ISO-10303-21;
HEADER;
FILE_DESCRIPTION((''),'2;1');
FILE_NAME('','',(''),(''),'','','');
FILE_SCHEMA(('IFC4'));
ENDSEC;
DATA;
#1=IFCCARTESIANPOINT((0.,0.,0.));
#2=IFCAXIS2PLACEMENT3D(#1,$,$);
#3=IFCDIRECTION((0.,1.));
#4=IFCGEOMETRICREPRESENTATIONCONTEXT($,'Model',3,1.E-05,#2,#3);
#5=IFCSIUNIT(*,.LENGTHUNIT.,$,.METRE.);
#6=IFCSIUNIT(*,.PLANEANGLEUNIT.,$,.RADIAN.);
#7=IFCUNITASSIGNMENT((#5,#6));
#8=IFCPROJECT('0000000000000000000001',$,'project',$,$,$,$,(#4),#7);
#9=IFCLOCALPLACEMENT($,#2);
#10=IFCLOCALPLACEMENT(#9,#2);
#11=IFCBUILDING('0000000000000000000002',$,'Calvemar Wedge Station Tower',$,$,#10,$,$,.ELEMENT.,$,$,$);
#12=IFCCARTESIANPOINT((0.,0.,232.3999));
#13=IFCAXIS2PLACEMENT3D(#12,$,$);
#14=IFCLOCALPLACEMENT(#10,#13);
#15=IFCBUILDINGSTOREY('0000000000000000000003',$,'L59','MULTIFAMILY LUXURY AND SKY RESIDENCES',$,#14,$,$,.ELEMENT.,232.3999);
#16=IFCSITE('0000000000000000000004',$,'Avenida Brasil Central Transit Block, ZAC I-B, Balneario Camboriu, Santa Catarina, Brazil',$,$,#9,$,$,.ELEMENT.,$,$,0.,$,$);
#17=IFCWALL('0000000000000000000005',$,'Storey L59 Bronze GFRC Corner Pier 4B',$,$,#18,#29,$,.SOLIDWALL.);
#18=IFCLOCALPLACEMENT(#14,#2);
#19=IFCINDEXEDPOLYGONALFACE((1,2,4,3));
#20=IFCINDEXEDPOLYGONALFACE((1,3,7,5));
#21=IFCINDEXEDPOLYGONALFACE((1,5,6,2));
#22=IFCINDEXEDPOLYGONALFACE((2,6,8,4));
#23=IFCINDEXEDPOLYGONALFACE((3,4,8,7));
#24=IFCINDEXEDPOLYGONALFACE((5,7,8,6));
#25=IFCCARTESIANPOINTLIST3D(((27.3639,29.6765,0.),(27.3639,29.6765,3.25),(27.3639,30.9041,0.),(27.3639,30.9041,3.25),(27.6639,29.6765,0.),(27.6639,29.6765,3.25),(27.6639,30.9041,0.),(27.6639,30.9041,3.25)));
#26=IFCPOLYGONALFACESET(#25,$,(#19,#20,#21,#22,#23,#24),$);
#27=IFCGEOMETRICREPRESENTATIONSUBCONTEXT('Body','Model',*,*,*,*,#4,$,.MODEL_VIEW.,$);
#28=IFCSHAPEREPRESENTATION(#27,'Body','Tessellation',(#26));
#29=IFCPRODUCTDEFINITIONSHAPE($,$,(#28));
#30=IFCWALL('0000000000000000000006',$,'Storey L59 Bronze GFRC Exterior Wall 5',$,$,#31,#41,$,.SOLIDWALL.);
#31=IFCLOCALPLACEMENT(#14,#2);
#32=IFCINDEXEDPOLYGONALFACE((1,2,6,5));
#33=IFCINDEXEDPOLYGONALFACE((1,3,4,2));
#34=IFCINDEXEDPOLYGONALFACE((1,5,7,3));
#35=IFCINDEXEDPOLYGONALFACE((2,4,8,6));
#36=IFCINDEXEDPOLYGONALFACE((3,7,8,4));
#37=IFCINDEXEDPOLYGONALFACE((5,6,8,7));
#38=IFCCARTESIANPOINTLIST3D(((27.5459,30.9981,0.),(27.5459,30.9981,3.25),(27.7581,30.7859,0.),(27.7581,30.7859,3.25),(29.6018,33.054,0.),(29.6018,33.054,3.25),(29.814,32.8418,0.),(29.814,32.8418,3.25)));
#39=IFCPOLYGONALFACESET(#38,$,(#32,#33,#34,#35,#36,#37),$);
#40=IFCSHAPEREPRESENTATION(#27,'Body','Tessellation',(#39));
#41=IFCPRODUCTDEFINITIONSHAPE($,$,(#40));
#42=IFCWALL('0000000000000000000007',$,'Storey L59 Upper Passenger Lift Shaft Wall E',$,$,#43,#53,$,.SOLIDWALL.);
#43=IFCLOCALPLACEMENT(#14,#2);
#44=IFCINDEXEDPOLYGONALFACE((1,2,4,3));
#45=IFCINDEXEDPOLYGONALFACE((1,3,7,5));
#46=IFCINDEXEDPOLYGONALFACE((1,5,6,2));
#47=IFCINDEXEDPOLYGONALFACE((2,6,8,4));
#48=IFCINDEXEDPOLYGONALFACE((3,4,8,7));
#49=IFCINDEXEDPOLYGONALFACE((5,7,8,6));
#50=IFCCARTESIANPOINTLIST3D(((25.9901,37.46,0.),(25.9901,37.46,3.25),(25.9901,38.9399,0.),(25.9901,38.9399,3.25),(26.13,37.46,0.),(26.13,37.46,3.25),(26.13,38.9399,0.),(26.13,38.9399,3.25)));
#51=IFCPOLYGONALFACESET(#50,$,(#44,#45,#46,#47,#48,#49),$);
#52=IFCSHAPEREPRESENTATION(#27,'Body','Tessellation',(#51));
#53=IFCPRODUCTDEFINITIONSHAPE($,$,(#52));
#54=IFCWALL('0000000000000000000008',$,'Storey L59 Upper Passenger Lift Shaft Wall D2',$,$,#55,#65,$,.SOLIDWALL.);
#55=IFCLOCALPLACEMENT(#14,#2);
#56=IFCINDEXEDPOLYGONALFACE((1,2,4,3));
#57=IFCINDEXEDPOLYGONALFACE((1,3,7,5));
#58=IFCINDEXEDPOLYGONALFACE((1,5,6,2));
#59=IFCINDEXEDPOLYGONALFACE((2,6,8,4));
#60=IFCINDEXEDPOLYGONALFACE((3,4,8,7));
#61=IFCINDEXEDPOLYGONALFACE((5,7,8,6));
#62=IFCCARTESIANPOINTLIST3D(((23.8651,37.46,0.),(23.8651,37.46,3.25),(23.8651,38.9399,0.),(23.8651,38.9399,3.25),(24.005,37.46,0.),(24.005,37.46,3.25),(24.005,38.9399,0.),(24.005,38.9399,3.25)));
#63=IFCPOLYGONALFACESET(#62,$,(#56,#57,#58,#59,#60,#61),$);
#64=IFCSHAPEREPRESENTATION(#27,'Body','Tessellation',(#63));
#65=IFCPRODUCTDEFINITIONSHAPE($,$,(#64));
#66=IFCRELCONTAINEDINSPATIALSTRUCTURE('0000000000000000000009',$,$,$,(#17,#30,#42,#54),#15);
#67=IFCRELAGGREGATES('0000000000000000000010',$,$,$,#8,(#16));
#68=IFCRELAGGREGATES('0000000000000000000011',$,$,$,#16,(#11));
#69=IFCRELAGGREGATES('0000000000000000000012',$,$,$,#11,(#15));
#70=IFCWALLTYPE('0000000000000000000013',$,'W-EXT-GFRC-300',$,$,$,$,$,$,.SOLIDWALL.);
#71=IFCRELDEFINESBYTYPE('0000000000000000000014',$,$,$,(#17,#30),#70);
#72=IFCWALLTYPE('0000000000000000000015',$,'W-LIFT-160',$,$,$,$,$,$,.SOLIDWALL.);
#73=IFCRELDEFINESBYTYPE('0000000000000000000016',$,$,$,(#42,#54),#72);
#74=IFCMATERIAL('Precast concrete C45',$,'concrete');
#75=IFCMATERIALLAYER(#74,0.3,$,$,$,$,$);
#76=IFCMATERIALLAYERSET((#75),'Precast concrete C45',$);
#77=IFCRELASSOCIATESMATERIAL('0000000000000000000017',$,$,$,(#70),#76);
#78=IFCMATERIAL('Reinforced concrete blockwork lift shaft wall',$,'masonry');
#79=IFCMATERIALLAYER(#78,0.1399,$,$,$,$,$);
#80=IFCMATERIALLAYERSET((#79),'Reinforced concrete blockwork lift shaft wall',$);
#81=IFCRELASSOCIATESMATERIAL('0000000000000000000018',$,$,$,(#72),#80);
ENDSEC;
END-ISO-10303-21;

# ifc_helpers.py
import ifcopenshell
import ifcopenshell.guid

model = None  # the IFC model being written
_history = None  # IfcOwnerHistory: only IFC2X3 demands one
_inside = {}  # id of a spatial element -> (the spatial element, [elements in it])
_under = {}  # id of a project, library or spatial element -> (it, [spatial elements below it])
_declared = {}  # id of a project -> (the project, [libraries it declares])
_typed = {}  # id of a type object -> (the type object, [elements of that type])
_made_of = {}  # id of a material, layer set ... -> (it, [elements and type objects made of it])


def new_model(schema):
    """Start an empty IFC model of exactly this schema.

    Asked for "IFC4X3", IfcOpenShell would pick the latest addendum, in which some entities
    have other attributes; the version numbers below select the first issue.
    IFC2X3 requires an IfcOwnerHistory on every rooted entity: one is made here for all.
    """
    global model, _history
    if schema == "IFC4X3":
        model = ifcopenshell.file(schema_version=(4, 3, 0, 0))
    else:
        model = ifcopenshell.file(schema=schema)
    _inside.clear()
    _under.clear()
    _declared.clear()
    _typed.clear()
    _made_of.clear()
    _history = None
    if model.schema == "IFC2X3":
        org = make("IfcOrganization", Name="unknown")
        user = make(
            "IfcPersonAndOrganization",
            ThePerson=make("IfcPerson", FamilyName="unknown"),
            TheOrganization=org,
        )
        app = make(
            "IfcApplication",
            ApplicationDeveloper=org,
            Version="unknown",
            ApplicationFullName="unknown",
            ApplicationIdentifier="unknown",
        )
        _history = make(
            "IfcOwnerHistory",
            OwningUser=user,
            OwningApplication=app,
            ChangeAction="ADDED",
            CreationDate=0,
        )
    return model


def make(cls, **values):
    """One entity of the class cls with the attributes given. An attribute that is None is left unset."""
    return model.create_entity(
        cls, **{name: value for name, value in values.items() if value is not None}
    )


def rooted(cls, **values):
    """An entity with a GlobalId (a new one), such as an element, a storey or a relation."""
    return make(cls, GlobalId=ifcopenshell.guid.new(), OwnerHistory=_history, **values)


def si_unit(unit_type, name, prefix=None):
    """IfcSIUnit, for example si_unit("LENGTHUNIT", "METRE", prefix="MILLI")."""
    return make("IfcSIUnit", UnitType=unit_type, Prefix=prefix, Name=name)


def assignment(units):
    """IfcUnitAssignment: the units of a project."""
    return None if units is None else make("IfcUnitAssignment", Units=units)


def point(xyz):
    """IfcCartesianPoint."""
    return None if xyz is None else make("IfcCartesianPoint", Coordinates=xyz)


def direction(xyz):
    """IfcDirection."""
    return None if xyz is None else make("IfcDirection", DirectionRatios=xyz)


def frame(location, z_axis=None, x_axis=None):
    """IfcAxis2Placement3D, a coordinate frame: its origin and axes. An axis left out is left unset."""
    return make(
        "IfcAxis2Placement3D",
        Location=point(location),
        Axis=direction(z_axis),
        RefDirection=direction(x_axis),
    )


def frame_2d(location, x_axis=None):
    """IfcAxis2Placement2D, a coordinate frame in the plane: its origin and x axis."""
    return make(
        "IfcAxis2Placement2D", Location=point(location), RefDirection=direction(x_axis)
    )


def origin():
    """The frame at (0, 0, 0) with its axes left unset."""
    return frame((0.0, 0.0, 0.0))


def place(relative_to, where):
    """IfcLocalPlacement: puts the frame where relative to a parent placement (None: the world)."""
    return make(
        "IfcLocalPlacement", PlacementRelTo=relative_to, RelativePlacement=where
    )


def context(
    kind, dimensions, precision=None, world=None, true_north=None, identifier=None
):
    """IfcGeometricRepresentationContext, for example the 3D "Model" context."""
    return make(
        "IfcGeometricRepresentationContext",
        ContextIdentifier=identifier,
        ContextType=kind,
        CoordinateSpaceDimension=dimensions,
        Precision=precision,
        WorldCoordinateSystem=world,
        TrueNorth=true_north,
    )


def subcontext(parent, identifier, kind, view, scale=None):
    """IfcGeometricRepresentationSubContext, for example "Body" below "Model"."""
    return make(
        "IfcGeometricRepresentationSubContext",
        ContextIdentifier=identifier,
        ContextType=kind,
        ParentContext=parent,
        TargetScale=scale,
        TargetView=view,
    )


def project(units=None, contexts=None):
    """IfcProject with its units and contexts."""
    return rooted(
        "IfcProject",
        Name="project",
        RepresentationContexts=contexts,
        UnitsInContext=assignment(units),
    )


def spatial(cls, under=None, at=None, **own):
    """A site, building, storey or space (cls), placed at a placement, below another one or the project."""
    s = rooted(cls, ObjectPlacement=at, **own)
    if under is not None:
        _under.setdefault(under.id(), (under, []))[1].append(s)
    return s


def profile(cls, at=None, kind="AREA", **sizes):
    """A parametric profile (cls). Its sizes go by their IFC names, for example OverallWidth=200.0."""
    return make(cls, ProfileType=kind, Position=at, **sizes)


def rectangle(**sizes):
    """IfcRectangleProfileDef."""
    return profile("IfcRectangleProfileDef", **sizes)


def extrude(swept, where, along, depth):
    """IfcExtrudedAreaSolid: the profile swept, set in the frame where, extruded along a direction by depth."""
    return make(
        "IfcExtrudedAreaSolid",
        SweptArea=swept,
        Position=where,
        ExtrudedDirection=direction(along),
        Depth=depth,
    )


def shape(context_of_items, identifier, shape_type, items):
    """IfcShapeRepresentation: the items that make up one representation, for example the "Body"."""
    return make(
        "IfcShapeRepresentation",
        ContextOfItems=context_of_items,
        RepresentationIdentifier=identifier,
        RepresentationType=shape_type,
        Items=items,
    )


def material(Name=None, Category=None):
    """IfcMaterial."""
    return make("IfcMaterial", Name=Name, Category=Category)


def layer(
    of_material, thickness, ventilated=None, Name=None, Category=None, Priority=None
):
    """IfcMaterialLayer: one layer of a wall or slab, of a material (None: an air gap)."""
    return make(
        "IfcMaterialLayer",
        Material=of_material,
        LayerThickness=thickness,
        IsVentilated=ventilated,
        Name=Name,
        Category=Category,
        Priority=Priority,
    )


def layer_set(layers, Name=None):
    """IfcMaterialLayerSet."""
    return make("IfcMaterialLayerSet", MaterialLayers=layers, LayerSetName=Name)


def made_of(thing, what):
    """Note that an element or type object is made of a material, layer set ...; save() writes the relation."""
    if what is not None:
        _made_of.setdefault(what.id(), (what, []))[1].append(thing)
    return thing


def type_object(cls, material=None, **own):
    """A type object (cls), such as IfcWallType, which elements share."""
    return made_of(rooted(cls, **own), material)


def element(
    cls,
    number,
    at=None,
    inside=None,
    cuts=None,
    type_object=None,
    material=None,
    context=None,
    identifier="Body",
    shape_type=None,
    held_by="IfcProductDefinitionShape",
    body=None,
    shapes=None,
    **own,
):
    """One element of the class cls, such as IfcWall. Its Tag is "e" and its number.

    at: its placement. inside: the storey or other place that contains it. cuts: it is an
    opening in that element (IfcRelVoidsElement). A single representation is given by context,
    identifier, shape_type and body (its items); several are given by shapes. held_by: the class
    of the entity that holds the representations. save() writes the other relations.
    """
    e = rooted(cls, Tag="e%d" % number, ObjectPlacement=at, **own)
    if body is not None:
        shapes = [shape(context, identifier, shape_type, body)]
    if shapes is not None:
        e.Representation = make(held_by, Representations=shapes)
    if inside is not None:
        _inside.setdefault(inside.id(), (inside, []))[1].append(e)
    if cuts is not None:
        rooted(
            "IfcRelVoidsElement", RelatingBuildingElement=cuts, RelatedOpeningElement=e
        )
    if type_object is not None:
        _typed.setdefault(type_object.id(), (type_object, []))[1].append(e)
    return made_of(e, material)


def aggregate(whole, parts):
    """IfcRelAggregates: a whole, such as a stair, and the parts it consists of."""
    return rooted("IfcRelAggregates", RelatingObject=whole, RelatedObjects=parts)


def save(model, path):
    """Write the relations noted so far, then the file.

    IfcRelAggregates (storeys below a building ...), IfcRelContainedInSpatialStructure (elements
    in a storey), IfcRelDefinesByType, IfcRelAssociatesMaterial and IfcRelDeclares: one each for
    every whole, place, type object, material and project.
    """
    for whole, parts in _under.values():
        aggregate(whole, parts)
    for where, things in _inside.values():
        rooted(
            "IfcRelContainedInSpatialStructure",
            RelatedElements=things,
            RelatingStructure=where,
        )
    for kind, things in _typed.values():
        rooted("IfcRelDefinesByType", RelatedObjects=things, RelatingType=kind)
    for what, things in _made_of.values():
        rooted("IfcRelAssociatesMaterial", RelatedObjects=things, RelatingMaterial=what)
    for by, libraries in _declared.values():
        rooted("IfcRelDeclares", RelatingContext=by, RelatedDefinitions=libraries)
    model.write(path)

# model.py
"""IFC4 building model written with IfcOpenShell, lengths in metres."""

from ifc_helpers import new_model, si_unit, direction, frame, frame_2d, origin, place, context, subcontext, project, spatial, rectangle, extrude, material, layer, layer_set, type_object, element, save


model = new_model("IFC4")

# Units and contexts
model_context = context("Model", 3, precision=1e-05, world=origin(), true_north=direction((0.0, 1.0)))
body_context = subcontext(model_context, "Body", "Model", "MODEL_VIEW")
ifc_project = project(units=[si_unit("LENGTHUNIT", "METRE"), si_unit("PLANEANGLEUNIT", "RADIAN")], contexts=[model_context])

# Site, building, storey
site_placement = place(None, origin())
site = spatial("IfcSite", under=ifc_project, at=site_placement, Name="Avenida Brasil Central Transit Block, ZAC I-B, Balneario Camboriu, Santa Catarina, Brazil", CompositionType="ELEMENT", RefElevation=0.0)
building_placement = place(site_placement, origin())
building = spatial("IfcBuilding", under=site, at=building_placement, Name="Calvemar Wedge Station Tower", CompositionType="ELEMENT")
storey_placement = place(building_placement, frame((0.0, 0.0, 232.3999)))
storey = spatial("IfcBuildingStorey", under=building, at=storey_placement, Name="L59", Description="MULTIFAMILY LUXURY AND SKY RESIDENCES", CompositionType="ELEMENT", Elevation=232.3999)

# Walls
ifc_material_1 = material(Name="Precast concrete C45", Category="concrete")
ifc_layer_1 = layer(ifc_material_1, 0.3)
ifc_layer_set_1 = layer_set([ifc_layer_1], Name="Precast concrete C45")
wall_type_1 = type_object("IfcWallType", Name="W-EXT-GFRC-300", PredefinedType="SOLIDWALL", material=ifc_layer_set_1)
wall_1_placement = place(storey_placement, frame((27.5139, 29.6765, 0.0), z_axis=(0.0, 0.0, 1.0), x_axis=(0.0, 1.0, 0.0)))
element("IfcWall", 1, at=wall_1_placement, inside=storey, type_object=wall_type_1, Name="Storey L59 Bronze GFRC Corner Pier 4B", PredefinedType="SOLIDWALL", context=body_context, shape_type="SweptSolid", body=[
    extrude(rectangle(XDim=1.2275, YDim=0.3, at=frame_2d((0.6138, 0.0))), origin(), (0.0, 0.0, 1.0), 3.25),
])
wall_2_placement = place(storey_placement, frame((27.6521, 30.8921, 0.0), z_axis=(0.0, 0.0, 1.0), x_axis=(0.707107, 0.707107, 0.0)))
element("IfcWall", 2, at=wall_2_placement, inside=storey, type_object=wall_type_1, Name="Storey L59 Bronze GFRC Exterior Wall 5", PredefinedType="SOLIDWALL", context=body_context, shape_type="SweptSolid", body=[
    extrude(rectangle(XDim=2.9075, YDim=0.3, at=frame_2d((1.4536, 0.0))), origin(), (0.0, 0.0, 1.0), 3.25),
])
ifc_material_2 = material(Name="Reinforced concrete blockwork lift shaft wall", Category="masonry")
ifc_layer_2 = layer(ifc_material_2, 0.1399)
ifc_layer_set_2 = layer_set([ifc_layer_2], Name="Reinforced concrete blockwork lift shaft wall")
wall_type_2 = type_object("IfcWallType", Name="W-LIFT-160", PredefinedType="SOLIDWALL", material=ifc_layer_set_2)
for number, where, z_axis, x_axis, name in (
    (3, (26.0601, 37.46, 0.0), (0.0, 0.0, 1.0), (0.0, 1.0, 0.0), "Storey L59 Upper Passenger Lift Shaft Wall E"),
    (4, (23.9351, 37.46, 0.0), (0.0, 0.0, 1.0), (0.0, 1.0, 0.0), "Storey L59 Upper Passenger Lift Shaft Wall D2"),
):
    element("IfcWall", number, at=place(storey_placement, frame(where, z_axis=z_axis, x_axis=x_axis)), inside=storey, type_object=wall_type_2, Name=name, PredefinedType="SOLIDWALL", context=body_context, shape_type="SweptSolid", body=[
        extrude(rectangle(XDim=1.48, YDim=0.1399, at=frame_2d((0.74, 0.0))), origin(), (0.0, 0.0, 1.0), 3.25),
    ])

save(model, "model.ifc")
